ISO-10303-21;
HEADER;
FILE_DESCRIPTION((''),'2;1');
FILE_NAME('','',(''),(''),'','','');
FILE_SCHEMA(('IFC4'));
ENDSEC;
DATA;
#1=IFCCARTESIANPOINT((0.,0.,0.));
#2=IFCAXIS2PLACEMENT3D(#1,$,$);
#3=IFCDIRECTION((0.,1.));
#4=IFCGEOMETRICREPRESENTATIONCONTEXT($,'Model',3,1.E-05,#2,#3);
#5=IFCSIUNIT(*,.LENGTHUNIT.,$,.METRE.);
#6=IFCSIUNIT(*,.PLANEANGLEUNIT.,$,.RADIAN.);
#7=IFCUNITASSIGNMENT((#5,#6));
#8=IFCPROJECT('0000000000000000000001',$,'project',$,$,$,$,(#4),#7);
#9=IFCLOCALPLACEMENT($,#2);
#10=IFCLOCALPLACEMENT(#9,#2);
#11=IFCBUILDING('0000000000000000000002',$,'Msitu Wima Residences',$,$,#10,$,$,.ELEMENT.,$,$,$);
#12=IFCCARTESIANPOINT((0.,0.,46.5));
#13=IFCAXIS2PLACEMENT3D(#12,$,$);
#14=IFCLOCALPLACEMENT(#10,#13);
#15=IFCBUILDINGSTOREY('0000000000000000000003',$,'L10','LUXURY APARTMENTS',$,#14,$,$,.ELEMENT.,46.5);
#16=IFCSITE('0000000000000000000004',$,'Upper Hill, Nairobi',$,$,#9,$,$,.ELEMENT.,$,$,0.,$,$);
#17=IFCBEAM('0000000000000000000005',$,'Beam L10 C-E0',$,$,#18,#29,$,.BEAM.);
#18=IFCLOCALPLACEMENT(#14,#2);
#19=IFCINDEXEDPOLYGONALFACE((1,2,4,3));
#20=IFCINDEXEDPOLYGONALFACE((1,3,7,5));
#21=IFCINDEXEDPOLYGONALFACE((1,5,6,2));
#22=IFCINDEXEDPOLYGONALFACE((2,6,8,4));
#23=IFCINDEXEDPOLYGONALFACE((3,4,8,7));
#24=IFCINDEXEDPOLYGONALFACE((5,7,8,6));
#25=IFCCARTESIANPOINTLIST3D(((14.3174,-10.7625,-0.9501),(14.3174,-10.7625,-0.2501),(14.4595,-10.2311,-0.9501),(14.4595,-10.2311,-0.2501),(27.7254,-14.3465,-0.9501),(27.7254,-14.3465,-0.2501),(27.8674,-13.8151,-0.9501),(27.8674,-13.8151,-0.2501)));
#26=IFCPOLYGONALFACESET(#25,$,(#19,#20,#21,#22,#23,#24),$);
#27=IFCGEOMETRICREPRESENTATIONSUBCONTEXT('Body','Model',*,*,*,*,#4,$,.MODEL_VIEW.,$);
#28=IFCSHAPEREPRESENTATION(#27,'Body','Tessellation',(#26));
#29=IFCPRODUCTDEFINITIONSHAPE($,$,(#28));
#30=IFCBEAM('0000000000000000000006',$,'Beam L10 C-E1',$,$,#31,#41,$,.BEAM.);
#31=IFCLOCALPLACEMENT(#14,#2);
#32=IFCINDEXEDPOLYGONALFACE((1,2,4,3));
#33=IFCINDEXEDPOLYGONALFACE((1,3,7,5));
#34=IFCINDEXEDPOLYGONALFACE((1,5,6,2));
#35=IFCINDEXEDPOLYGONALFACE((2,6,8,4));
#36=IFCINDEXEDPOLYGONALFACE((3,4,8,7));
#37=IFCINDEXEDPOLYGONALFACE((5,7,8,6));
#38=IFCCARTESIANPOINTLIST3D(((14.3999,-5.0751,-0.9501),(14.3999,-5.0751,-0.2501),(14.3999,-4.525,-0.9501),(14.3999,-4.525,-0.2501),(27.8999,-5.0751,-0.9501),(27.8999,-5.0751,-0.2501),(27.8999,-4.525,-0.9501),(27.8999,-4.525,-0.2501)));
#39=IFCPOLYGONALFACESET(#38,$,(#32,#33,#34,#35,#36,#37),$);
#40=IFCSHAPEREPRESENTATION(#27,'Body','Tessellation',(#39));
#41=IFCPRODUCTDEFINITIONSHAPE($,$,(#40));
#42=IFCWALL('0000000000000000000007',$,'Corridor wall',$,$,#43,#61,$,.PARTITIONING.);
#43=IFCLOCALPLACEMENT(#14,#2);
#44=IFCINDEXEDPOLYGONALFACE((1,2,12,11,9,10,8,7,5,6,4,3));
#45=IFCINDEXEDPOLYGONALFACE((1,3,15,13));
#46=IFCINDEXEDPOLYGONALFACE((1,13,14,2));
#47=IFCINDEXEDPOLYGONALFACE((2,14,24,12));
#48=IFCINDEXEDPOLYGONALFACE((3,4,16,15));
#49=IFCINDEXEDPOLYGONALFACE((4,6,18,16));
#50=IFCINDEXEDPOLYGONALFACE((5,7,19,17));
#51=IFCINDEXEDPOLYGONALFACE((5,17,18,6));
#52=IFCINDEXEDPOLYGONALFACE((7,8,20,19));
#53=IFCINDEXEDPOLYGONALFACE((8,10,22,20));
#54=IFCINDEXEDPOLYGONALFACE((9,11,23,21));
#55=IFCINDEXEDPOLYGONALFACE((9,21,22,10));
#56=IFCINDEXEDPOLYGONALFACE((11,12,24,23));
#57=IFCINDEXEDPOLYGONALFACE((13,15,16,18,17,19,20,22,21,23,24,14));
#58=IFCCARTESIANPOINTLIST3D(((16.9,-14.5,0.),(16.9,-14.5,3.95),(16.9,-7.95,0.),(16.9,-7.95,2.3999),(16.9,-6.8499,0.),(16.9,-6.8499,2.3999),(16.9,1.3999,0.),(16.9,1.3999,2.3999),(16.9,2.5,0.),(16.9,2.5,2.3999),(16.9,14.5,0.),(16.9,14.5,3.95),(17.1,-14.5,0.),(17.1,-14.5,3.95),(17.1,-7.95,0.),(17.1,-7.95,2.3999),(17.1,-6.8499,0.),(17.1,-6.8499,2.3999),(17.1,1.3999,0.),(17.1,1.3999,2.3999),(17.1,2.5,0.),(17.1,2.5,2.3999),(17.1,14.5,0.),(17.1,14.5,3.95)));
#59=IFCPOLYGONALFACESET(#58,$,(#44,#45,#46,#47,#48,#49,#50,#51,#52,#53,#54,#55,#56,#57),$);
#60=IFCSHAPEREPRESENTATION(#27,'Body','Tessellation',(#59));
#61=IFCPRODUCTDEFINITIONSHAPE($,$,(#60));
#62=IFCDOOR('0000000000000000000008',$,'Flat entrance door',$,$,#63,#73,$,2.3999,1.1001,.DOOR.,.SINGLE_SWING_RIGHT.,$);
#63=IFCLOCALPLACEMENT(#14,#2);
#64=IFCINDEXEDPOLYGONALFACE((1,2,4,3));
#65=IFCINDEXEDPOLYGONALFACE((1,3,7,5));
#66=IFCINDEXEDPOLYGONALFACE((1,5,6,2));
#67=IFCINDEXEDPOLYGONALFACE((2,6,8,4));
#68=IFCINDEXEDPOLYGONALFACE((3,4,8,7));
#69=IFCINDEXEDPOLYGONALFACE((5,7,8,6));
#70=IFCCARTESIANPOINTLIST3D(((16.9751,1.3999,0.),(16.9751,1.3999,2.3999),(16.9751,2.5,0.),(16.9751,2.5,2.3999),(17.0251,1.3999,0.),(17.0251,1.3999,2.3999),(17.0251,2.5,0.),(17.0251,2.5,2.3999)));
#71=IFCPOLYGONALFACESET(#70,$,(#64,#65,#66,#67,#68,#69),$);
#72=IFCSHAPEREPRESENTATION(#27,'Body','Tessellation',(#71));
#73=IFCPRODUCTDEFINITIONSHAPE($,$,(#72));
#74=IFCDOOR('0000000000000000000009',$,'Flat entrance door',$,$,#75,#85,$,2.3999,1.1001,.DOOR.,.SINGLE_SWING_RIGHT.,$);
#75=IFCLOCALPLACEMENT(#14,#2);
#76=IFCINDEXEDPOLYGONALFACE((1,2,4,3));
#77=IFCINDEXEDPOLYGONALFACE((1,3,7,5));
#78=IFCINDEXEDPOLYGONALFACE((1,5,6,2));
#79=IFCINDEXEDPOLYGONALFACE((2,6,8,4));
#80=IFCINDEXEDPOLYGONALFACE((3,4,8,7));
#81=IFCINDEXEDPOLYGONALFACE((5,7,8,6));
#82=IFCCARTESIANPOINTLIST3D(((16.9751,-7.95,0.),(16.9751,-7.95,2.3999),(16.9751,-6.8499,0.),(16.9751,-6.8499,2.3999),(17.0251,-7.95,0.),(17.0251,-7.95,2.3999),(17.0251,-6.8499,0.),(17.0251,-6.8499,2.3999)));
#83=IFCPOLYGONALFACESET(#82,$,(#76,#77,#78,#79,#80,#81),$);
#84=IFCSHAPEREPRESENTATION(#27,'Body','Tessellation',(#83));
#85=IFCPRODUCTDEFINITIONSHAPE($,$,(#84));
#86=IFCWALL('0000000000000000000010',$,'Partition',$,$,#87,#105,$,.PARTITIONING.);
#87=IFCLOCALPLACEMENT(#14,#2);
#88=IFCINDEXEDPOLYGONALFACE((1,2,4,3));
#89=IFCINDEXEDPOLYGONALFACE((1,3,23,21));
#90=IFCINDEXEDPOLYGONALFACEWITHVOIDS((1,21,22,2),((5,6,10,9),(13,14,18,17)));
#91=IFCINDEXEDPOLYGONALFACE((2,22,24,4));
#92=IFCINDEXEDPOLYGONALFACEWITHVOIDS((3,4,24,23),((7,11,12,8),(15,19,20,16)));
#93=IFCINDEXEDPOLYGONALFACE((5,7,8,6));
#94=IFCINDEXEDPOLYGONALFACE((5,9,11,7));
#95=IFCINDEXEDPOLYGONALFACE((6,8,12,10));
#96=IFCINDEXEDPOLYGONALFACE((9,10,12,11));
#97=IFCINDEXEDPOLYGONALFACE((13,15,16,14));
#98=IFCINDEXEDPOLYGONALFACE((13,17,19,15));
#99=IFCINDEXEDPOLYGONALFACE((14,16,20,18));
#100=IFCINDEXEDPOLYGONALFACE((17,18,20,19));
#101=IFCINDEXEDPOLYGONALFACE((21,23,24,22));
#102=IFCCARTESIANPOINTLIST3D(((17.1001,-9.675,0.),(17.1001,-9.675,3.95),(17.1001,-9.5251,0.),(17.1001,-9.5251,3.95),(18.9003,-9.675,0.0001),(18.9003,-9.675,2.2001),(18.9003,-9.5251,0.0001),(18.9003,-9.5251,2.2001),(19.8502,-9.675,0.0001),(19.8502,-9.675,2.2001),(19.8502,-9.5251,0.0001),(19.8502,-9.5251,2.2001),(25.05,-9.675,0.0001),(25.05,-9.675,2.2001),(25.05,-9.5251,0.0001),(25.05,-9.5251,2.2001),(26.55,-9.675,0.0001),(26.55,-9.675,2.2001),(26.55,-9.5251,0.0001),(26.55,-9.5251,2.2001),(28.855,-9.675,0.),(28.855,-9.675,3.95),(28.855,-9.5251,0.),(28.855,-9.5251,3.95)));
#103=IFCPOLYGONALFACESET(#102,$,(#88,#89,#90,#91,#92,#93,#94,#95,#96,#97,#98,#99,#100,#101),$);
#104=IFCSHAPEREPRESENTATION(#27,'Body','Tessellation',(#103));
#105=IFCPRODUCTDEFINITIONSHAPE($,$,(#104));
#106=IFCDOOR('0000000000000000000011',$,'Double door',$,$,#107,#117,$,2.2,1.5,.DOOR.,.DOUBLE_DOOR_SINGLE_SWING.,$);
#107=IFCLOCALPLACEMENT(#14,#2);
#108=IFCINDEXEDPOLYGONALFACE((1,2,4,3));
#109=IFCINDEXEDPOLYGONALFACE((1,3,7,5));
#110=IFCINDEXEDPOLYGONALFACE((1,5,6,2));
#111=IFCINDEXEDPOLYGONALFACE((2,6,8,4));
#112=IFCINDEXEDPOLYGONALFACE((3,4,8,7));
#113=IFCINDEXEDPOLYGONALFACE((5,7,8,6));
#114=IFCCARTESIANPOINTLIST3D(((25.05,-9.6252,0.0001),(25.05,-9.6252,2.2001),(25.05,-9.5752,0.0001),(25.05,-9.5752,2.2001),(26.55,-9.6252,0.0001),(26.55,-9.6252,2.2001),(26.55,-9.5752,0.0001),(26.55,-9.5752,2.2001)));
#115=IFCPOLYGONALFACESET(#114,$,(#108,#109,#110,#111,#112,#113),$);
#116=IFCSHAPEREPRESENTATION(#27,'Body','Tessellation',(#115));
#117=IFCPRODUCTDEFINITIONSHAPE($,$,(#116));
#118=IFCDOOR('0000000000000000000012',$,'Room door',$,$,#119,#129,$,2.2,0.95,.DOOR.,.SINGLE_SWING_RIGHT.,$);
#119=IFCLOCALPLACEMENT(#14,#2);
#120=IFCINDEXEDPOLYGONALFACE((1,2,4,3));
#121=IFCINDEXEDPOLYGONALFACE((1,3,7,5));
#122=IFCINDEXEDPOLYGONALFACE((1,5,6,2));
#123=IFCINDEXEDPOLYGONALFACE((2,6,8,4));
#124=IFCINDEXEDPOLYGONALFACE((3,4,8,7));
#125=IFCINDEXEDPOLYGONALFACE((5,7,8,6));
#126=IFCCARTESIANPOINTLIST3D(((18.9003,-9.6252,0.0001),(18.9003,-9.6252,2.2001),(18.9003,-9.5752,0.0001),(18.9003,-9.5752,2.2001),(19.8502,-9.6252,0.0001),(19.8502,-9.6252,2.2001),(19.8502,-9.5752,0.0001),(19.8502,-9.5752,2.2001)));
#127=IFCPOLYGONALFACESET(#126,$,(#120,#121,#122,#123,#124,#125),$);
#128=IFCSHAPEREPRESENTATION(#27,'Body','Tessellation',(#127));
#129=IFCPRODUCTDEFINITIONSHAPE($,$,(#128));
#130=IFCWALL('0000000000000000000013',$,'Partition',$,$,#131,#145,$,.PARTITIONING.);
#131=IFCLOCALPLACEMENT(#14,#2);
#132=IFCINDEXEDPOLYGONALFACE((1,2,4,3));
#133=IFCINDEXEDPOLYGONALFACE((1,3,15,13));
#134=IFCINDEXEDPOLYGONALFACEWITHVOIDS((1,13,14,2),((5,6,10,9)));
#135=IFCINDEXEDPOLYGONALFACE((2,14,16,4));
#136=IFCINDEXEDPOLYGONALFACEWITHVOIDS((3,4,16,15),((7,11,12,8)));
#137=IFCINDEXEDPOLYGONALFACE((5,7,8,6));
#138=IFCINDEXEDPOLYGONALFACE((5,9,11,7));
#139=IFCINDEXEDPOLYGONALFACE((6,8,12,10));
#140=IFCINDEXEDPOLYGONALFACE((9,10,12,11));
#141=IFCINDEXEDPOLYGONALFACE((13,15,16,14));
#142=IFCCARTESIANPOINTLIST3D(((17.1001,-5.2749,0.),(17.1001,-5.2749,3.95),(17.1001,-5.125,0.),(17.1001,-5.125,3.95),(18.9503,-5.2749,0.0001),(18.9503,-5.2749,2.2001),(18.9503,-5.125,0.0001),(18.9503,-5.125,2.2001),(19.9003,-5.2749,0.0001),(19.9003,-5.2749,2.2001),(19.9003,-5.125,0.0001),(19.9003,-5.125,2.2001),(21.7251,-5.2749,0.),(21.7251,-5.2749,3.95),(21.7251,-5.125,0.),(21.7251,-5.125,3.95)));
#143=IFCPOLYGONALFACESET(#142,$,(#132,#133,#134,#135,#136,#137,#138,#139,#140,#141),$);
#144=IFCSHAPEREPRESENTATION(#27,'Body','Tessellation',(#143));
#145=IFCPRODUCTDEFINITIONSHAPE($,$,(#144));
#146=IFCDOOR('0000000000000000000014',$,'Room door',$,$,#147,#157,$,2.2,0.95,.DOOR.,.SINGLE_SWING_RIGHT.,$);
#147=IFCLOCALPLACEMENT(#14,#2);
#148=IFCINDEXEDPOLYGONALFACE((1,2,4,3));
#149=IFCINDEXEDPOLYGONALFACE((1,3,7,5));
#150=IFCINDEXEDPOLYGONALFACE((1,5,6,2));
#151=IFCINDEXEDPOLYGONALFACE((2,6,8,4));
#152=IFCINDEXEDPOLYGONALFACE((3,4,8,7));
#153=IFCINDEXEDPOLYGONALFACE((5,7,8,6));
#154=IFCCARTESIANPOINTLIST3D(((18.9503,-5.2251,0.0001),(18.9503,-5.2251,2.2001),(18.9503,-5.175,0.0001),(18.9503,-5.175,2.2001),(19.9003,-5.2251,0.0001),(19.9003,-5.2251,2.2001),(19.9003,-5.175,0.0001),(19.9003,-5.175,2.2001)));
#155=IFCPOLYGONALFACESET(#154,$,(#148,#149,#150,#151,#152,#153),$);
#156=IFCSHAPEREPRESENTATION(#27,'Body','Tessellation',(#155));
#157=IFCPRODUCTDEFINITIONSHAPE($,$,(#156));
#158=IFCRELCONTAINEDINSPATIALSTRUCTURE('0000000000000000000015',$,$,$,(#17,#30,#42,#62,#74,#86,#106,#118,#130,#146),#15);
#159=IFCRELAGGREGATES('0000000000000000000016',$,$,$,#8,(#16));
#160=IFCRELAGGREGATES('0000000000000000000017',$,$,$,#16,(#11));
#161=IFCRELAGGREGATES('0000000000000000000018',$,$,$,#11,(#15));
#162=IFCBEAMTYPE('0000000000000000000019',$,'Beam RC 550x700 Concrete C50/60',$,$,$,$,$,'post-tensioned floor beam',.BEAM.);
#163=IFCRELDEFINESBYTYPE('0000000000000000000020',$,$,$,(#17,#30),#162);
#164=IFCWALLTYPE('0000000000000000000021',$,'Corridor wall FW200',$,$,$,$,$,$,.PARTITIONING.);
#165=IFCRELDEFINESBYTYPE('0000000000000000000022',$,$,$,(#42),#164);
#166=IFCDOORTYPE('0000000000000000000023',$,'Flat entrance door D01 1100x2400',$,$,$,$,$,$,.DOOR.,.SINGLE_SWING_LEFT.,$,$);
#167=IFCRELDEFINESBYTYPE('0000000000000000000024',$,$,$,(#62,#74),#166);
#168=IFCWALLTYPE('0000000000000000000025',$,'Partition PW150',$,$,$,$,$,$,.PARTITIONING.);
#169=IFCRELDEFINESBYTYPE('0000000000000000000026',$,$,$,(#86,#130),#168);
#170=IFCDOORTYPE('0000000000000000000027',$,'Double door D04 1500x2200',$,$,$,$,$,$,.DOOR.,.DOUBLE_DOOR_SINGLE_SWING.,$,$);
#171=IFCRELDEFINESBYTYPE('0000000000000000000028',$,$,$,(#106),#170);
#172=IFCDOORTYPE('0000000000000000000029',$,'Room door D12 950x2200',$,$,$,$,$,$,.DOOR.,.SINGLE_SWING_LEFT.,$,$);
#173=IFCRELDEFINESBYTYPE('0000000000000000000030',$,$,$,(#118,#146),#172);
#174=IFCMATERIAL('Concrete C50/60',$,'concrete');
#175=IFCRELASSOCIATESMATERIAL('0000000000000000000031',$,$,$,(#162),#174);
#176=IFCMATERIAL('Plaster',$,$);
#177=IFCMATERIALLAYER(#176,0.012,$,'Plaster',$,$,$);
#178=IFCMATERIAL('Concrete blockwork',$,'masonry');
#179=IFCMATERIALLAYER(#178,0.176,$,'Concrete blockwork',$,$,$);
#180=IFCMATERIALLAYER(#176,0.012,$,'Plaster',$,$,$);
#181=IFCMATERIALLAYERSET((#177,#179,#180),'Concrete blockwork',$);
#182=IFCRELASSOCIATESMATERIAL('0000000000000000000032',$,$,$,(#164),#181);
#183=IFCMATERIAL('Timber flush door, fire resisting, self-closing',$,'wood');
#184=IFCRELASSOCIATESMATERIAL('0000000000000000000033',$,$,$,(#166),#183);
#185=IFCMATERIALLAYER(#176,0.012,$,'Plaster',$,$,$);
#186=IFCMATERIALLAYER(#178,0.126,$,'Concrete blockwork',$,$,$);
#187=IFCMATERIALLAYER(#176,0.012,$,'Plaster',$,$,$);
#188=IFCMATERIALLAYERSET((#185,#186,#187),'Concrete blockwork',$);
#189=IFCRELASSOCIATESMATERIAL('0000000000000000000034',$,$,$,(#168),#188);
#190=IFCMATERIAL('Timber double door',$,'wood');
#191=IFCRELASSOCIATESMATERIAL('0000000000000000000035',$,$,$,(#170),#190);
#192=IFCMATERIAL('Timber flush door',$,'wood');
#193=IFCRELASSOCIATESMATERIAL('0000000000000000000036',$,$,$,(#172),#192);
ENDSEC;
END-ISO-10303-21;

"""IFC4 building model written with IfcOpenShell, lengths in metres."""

from ifc_helpers import new_model, si_unit, direction, frame, frame_2d, origin, origin_2d, place, context, subcontext, project, spatial, rectangle, extrude, material, layer, layer_set, material_profile, profile_set, type_object, element, fill, save


model = new_model("IFC4")

# Units and contexts
model_context = context("Model", 3, precision=1e-05, world=origin(), true_north=direction((0.0, 1.0)))
body_context = subcontext(model_context, "Body", "Model", "MODEL_VIEW")
ifc_project = project(units=[si_unit("LENGTHUNIT", "METRE"), si_unit("PLANEANGLEUNIT", "RADIAN")], contexts=[model_context])

# Site, building, storey
site_placement = place(None, origin())
site = spatial("IfcSite", under=ifc_project, at=site_placement, Name="Upper Hill, Nairobi", CompositionType="ELEMENT", RefElevation=0.0)
building_placement = place(site_placement, origin())
building = spatial("IfcBuilding", under=site, at=building_placement, Name="Msitu Wima Residences", CompositionType="ELEMENT")
storey_placement = place(building_placement, frame((0.0, 0.0, 46.5)))
storey = spatial("IfcBuildingStorey", under=building, at=storey_placement, Name="L10", Description="LUXURY APARTMENTS", CompositionType="ELEMENT", Elevation=46.5)

# Beams
ifc_material_1 = material(Name="Concrete C50/60", Category="concrete")
ifc_material_profile = material_profile(ifc_material_1, rectangle(XDim=0.55, YDim=0.7, at=origin_2d()), Name="RC 550x700")
ifc_profile_set = profile_set([ifc_material_profile], Name="Concrete C50/60")
beam_type = type_object("IfcBeamType", Name="Beam RC 550x700 Concrete C50/60", ElementType="post-tensioned floor beam", PredefinedType="BEAM", material=ifc_profile_set)
beam_1_placement = place(storey_placement, frame((27.7964, -14.0808, -0.6001), z_axis=(-0.966082, 0.258236, 0.0), x_axis=(-0.258236, -0.966082, 0.0)))
element("IfcBeam", 1, at=beam_1_placement, inside=storey, type_object=beam_type, Name="Beam L10 C-E0", PredefinedType="BEAM", context=body_context, shape_type="SweptSolid", body=[
    extrude(rectangle(XDim=0.55, YDim=0.7, at=origin_2d()), origin(), (0.0, 0.0, 1.0), 13.8787),
])
beam_2_placement = place(storey_placement, frame((27.8999, -4.8, -0.6001), z_axis=(-1.0, 0.0, 0.0), x_axis=(0.0, -1.0, 0.0)))
element("IfcBeam", 2, at=beam_2_placement, inside=storey, type_object=beam_type, Name="Beam L10 C-E1", PredefinedType="BEAM", context=body_context, shape_type="SweptSolid", body=[
    extrude(rectangle(XDim=0.55, YDim=0.7, at=origin_2d()), origin(), (0.0, 0.0, 1.0), 13.5),
])

# Walls, openings, doors
ifc_material_2 = material(Name="Plaster")
ifc_layer_1 = layer(ifc_material_2, 0.012, Name="Plaster")
ifc_material_3 = material(Name="Concrete blockwork", Category="masonry")
ifc_layer_2 = layer(ifc_material_3, 0.176, Name="Concrete blockwork")
ifc_layer_3 = layer(ifc_material_2, 0.012, Name="Plaster")
ifc_layer_set_1 = layer_set([ifc_layer_1, ifc_layer_2, ifc_layer_3], Name="Concrete blockwork")
wall_type_1 = type_object("IfcWallType", Name="Corridor wall FW200", PredefinedType="PARTITIONING", material=ifc_layer_set_1)
wall_1_placement = place(storey_placement, frame((17.0, -14.5, 0.0), z_axis=(0.0, 0.0, 1.0), x_axis=(0.0, 1.0, 0.0)))
wall_1 = element("IfcWall", 3, at=wall_1_placement, inside=storey, type_object=wall_type_1, Name="Corridor wall", PredefinedType="PARTITIONING", context=body_context, shape_type="SweptSolid", body=[
    extrude(rectangle(XDim=29.0, YDim=0.2, at=frame_2d((14.5, 0.0))), origin(), (0.0, 0.0, 1.0), 3.95),
])
opening_1_placement = place(wall_1_placement, frame((15.8999, 0.0, 0.0)))
opening_1 = element("IfcOpeningElement", 4, at=opening_1_placement, cuts=wall_1, PredefinedType="OPENING", context=body_context, shape_type="SweptSolid", body=[
    extrude(rectangle(XDim=1.1001, YDim=2.3999, at=frame_2d((0.55, 1.2))), frame((0.0, 0.1099, 0.0), z_axis=(0.0, -1.0, 0.0), x_axis=(1.0, 0.0, 0.0)), (0.0, 0.0, 1.0), 0.22),
])
opening_2_placement = place(wall_1_placement, frame((6.55, 0.0, 0.0)))
opening_2 = element("IfcOpeningElement", 5, at=opening_2_placement, cuts=wall_1, PredefinedType="OPENING", context=body_context, shape_type="SweptSolid", body=[
    extrude(rectangle(XDim=1.1001, YDim=2.3999, at=frame_2d((0.55, 1.2))), frame((0.0, 0.1099, 0.0), z_axis=(0.0, -1.0, 0.0), x_axis=(1.0, 0.0, 0.0)), (0.0, 0.0, 1.0), 0.22),
])
ifc_material_4 = material(Name="Timber flush door, fire resisting, self-closing", Category="wood")
door_type_1 = type_object("IfcDoorType", Name="Flat entrance door D01 1100x2400", OperationType="SINGLE_SWING_LEFT", PredefinedType="DOOR", material=ifc_material_4)
door_1_placement = place(opening_1_placement, origin())
door_1 = element("IfcDoor", 6, at=door_1_placement, inside=storey, type_object=door_type_1, Name="Flat entrance door", OperationType="SINGLE_SWING_RIGHT", OverallHeight=2.3999, OverallWidth=1.1001, PredefinedType="DOOR", context=body_context, shape_type="SweptSolid", body=[
    extrude(rectangle(XDim=1.1001, YDim=2.3999, at=frame_2d((0.55, 1.2))), frame((0.0, 0.0249, 0.0), z_axis=(0.0, -1.0, 0.0), x_axis=(1.0, 0.0, 0.0)), (0.0, 0.0, 1.0), 0.05),
])
fill(opening_1, door_1)
door_2_placement = place(opening_2_placement, origin())
door_2 = element("IfcDoor", 7, at=door_2_placement, inside=storey, type_object=door_type_1, Name="Flat entrance door", OperationType="SINGLE_SWING_RIGHT", OverallHeight=2.3999, OverallWidth=1.1001, PredefinedType="DOOR", context=body_context, shape_type="SweptSolid", body=[
    extrude(rectangle(XDim=1.1001, YDim=2.3999, at=frame_2d((0.55, 1.2))), frame((0.0, 0.0249, 0.0), z_axis=(0.0, -1.0, 0.0), x_axis=(1.0, 0.0, 0.0)), (0.0, 0.0, 1.0), 0.05),
])
fill(opening_2, door_2)
ifc_layer_4 = layer(ifc_material_2, 0.012, Name="Plaster")
ifc_layer_5 = layer(ifc_material_3, 0.126, Name="Concrete blockwork")
ifc_layer_6 = layer(ifc_material_2, 0.012, Name="Plaster")
ifc_layer_set_2 = layer_set([ifc_layer_4, ifc_layer_5, ifc_layer_6], Name="Concrete blockwork")
wall_type_2 = type_object("IfcWallType", Name="Partition PW150", PredefinedType="PARTITIONING", material=ifc_layer_set_2)
wall_2_placement = place(storey_placement, frame((17.1001, -9.6001, 0.0), z_axis=(0.0, 0.0, 1.0), x_axis=(1.0, 0.0, 0.0)))
wall_2 = element("IfcWall", 8, at=wall_2_placement, inside=storey, type_object=wall_type_2, Name="Partition", PredefinedType="PARTITIONING", context=body_context, shape_type="SweptSolid", body=[
    extrude(rectangle(XDim=11.7549, YDim=0.1499, at=frame_2d((5.8774, 0.0))), origin(), (0.0, 0.0, 1.0), 3.95),
])
opening_3_placement = place(wall_2_placement, frame((1.8, 0.0, 0.0)))
opening_3 = element("IfcOpeningElement", 9, at=opening_3_placement, cuts=wall_2, PredefinedType="OPENING", context=body_context, shape_type="SweptSolid", body=[
    extrude(rectangle(XDim=0.95, YDim=2.2, at=frame_2d((0.4751, 1.1001))), frame((0.0, 0.085, 0.0), z_axis=(0.0, -1.0, 0.0), x_axis=(1.0, 0.0, 0.0)), (0.0, 0.0, 1.0), 0.1699),
])
opening_4_placement = place(wall_2_placement, frame((7.95, 0.0, 0.0)))
opening_4 = element("IfcOpeningElement", 10, at=opening_4_placement, cuts=wall_2, PredefinedType="OPENING", context=body_context, shape_type="SweptSolid", body=[
    extrude(rectangle(XDim=1.5, YDim=2.2, at=frame_2d((0.75, 1.1001))), frame((0.0, 0.085, 0.0), z_axis=(0.0, -1.0, 0.0), x_axis=(1.0, 0.0, 0.0)), (0.0, 0.0, 1.0), 0.1699),
])
ifc_material_5 = material(Name="Timber double door", Category="wood")
door_type_2 = type_object("IfcDoorType", Name="Double door D04 1500x2200", OperationType="DOUBLE_DOOR_SINGLE_SWING", PredefinedType="DOOR", material=ifc_material_5)
door_3_placement = place(opening_4_placement, origin())
door_3 = element("IfcDoor", 11, at=door_3_placement, inside=storey, type_object=door_type_2, Name="Double door", OperationType="DOUBLE_DOOR_SINGLE_SWING", OverallHeight=2.2, OverallWidth=1.5, PredefinedType="DOOR", context=body_context, shape_type="SweptSolid", body=[
    extrude(rectangle(XDim=1.5, YDim=2.2, at=frame_2d((0.75, 1.1001))), frame((0.0, 0.0249, 0.0), z_axis=(0.0, -1.0, 0.0), x_axis=(1.0, 0.0, 0.0)), (0.0, 0.0, 1.0), 0.05),
])
fill(opening_4, door_3)
ifc_material_6 = material(Name="Timber flush door", Category="wood")
door_type_3 = type_object("IfcDoorType", Name="Room door D12 950x2200", OperationType="SINGLE_SWING_LEFT", PredefinedType="DOOR", material=ifc_material_6)
door_4_placement = place(opening_3_placement, origin())
door_4 = element("IfcDoor", 12, at=door_4_placement, inside=storey, type_object=door_type_3, Name="Room door", OperationType="SINGLE_SWING_RIGHT", OverallHeight=2.2, OverallWidth=0.95, PredefinedType="DOOR", context=body_context, shape_type="SweptSolid", body=[
    extrude(rectangle(XDim=0.95, YDim=2.2, at=frame_2d((0.4751, 1.1001))), frame((0.0, 0.0249, 0.0), z_axis=(0.0, -1.0, 0.0), x_axis=(1.0, 0.0, 0.0)), (0.0, 0.0, 1.0), 0.05),
])
fill(opening_3, door_4)

# Wall, opening, door
wall_3_placement = place(storey_placement, frame((17.1001, -5.2, 0.0), z_axis=(0.0, 0.0, 1.0), x_axis=(1.0, 0.0, 0.0)))
wall_3 = element("IfcWall", 13, at=wall_3_placement, inside=storey, type_object=wall_type_2, Name="Partition", PredefinedType="PARTITIONING", context=body_context, shape_type="SweptSolid", body=[
    extrude(rectangle(XDim=4.625, YDim=0.1499, at=frame_2d((2.3125, 0.0))), origin(), (0.0, 0.0, 1.0), 3.95),
])
opening_5_placement = place(wall_3_placement, frame((1.8501, 0.0, 0.0)))
opening_5 = element("IfcOpeningElement", 14, at=opening_5_placement, cuts=wall_3, PredefinedType="OPENING", context=body_context, shape_type="SweptSolid", body=[
    extrude(rectangle(XDim=0.95, YDim=2.2, at=frame_2d((0.4751, 1.1001))), frame((0.0, 0.085, 0.0), z_axis=(0.0, -1.0, 0.0), x_axis=(1.0, 0.0, 0.0)), (0.0, 0.0, 1.0), 0.1699),
])
door_5_placement = place(opening_5_placement, origin())
door_5 = element("IfcDoor", 15, at=door_5_placement, inside=storey, type_object=door_type_3, Name="Room door", OperationType="SINGLE_SWING_RIGHT", OverallHeight=2.2, OverallWidth=0.95, PredefinedType="DOOR", context=body_context, shape_type="SweptSolid", body=[
    extrude(rectangle(XDim=0.95, YDim=2.2, at=frame_2d((0.4751, 1.1001))), frame((0.0, 0.0249, 0.0), z_axis=(0.0, -1.0, 0.0), x_axis=(1.0, 0.0, 0.0)), (0.0, 0.0, 1.0), 0.05),
])
fill(opening_5, door_5)

save(model, "model.ifc")
